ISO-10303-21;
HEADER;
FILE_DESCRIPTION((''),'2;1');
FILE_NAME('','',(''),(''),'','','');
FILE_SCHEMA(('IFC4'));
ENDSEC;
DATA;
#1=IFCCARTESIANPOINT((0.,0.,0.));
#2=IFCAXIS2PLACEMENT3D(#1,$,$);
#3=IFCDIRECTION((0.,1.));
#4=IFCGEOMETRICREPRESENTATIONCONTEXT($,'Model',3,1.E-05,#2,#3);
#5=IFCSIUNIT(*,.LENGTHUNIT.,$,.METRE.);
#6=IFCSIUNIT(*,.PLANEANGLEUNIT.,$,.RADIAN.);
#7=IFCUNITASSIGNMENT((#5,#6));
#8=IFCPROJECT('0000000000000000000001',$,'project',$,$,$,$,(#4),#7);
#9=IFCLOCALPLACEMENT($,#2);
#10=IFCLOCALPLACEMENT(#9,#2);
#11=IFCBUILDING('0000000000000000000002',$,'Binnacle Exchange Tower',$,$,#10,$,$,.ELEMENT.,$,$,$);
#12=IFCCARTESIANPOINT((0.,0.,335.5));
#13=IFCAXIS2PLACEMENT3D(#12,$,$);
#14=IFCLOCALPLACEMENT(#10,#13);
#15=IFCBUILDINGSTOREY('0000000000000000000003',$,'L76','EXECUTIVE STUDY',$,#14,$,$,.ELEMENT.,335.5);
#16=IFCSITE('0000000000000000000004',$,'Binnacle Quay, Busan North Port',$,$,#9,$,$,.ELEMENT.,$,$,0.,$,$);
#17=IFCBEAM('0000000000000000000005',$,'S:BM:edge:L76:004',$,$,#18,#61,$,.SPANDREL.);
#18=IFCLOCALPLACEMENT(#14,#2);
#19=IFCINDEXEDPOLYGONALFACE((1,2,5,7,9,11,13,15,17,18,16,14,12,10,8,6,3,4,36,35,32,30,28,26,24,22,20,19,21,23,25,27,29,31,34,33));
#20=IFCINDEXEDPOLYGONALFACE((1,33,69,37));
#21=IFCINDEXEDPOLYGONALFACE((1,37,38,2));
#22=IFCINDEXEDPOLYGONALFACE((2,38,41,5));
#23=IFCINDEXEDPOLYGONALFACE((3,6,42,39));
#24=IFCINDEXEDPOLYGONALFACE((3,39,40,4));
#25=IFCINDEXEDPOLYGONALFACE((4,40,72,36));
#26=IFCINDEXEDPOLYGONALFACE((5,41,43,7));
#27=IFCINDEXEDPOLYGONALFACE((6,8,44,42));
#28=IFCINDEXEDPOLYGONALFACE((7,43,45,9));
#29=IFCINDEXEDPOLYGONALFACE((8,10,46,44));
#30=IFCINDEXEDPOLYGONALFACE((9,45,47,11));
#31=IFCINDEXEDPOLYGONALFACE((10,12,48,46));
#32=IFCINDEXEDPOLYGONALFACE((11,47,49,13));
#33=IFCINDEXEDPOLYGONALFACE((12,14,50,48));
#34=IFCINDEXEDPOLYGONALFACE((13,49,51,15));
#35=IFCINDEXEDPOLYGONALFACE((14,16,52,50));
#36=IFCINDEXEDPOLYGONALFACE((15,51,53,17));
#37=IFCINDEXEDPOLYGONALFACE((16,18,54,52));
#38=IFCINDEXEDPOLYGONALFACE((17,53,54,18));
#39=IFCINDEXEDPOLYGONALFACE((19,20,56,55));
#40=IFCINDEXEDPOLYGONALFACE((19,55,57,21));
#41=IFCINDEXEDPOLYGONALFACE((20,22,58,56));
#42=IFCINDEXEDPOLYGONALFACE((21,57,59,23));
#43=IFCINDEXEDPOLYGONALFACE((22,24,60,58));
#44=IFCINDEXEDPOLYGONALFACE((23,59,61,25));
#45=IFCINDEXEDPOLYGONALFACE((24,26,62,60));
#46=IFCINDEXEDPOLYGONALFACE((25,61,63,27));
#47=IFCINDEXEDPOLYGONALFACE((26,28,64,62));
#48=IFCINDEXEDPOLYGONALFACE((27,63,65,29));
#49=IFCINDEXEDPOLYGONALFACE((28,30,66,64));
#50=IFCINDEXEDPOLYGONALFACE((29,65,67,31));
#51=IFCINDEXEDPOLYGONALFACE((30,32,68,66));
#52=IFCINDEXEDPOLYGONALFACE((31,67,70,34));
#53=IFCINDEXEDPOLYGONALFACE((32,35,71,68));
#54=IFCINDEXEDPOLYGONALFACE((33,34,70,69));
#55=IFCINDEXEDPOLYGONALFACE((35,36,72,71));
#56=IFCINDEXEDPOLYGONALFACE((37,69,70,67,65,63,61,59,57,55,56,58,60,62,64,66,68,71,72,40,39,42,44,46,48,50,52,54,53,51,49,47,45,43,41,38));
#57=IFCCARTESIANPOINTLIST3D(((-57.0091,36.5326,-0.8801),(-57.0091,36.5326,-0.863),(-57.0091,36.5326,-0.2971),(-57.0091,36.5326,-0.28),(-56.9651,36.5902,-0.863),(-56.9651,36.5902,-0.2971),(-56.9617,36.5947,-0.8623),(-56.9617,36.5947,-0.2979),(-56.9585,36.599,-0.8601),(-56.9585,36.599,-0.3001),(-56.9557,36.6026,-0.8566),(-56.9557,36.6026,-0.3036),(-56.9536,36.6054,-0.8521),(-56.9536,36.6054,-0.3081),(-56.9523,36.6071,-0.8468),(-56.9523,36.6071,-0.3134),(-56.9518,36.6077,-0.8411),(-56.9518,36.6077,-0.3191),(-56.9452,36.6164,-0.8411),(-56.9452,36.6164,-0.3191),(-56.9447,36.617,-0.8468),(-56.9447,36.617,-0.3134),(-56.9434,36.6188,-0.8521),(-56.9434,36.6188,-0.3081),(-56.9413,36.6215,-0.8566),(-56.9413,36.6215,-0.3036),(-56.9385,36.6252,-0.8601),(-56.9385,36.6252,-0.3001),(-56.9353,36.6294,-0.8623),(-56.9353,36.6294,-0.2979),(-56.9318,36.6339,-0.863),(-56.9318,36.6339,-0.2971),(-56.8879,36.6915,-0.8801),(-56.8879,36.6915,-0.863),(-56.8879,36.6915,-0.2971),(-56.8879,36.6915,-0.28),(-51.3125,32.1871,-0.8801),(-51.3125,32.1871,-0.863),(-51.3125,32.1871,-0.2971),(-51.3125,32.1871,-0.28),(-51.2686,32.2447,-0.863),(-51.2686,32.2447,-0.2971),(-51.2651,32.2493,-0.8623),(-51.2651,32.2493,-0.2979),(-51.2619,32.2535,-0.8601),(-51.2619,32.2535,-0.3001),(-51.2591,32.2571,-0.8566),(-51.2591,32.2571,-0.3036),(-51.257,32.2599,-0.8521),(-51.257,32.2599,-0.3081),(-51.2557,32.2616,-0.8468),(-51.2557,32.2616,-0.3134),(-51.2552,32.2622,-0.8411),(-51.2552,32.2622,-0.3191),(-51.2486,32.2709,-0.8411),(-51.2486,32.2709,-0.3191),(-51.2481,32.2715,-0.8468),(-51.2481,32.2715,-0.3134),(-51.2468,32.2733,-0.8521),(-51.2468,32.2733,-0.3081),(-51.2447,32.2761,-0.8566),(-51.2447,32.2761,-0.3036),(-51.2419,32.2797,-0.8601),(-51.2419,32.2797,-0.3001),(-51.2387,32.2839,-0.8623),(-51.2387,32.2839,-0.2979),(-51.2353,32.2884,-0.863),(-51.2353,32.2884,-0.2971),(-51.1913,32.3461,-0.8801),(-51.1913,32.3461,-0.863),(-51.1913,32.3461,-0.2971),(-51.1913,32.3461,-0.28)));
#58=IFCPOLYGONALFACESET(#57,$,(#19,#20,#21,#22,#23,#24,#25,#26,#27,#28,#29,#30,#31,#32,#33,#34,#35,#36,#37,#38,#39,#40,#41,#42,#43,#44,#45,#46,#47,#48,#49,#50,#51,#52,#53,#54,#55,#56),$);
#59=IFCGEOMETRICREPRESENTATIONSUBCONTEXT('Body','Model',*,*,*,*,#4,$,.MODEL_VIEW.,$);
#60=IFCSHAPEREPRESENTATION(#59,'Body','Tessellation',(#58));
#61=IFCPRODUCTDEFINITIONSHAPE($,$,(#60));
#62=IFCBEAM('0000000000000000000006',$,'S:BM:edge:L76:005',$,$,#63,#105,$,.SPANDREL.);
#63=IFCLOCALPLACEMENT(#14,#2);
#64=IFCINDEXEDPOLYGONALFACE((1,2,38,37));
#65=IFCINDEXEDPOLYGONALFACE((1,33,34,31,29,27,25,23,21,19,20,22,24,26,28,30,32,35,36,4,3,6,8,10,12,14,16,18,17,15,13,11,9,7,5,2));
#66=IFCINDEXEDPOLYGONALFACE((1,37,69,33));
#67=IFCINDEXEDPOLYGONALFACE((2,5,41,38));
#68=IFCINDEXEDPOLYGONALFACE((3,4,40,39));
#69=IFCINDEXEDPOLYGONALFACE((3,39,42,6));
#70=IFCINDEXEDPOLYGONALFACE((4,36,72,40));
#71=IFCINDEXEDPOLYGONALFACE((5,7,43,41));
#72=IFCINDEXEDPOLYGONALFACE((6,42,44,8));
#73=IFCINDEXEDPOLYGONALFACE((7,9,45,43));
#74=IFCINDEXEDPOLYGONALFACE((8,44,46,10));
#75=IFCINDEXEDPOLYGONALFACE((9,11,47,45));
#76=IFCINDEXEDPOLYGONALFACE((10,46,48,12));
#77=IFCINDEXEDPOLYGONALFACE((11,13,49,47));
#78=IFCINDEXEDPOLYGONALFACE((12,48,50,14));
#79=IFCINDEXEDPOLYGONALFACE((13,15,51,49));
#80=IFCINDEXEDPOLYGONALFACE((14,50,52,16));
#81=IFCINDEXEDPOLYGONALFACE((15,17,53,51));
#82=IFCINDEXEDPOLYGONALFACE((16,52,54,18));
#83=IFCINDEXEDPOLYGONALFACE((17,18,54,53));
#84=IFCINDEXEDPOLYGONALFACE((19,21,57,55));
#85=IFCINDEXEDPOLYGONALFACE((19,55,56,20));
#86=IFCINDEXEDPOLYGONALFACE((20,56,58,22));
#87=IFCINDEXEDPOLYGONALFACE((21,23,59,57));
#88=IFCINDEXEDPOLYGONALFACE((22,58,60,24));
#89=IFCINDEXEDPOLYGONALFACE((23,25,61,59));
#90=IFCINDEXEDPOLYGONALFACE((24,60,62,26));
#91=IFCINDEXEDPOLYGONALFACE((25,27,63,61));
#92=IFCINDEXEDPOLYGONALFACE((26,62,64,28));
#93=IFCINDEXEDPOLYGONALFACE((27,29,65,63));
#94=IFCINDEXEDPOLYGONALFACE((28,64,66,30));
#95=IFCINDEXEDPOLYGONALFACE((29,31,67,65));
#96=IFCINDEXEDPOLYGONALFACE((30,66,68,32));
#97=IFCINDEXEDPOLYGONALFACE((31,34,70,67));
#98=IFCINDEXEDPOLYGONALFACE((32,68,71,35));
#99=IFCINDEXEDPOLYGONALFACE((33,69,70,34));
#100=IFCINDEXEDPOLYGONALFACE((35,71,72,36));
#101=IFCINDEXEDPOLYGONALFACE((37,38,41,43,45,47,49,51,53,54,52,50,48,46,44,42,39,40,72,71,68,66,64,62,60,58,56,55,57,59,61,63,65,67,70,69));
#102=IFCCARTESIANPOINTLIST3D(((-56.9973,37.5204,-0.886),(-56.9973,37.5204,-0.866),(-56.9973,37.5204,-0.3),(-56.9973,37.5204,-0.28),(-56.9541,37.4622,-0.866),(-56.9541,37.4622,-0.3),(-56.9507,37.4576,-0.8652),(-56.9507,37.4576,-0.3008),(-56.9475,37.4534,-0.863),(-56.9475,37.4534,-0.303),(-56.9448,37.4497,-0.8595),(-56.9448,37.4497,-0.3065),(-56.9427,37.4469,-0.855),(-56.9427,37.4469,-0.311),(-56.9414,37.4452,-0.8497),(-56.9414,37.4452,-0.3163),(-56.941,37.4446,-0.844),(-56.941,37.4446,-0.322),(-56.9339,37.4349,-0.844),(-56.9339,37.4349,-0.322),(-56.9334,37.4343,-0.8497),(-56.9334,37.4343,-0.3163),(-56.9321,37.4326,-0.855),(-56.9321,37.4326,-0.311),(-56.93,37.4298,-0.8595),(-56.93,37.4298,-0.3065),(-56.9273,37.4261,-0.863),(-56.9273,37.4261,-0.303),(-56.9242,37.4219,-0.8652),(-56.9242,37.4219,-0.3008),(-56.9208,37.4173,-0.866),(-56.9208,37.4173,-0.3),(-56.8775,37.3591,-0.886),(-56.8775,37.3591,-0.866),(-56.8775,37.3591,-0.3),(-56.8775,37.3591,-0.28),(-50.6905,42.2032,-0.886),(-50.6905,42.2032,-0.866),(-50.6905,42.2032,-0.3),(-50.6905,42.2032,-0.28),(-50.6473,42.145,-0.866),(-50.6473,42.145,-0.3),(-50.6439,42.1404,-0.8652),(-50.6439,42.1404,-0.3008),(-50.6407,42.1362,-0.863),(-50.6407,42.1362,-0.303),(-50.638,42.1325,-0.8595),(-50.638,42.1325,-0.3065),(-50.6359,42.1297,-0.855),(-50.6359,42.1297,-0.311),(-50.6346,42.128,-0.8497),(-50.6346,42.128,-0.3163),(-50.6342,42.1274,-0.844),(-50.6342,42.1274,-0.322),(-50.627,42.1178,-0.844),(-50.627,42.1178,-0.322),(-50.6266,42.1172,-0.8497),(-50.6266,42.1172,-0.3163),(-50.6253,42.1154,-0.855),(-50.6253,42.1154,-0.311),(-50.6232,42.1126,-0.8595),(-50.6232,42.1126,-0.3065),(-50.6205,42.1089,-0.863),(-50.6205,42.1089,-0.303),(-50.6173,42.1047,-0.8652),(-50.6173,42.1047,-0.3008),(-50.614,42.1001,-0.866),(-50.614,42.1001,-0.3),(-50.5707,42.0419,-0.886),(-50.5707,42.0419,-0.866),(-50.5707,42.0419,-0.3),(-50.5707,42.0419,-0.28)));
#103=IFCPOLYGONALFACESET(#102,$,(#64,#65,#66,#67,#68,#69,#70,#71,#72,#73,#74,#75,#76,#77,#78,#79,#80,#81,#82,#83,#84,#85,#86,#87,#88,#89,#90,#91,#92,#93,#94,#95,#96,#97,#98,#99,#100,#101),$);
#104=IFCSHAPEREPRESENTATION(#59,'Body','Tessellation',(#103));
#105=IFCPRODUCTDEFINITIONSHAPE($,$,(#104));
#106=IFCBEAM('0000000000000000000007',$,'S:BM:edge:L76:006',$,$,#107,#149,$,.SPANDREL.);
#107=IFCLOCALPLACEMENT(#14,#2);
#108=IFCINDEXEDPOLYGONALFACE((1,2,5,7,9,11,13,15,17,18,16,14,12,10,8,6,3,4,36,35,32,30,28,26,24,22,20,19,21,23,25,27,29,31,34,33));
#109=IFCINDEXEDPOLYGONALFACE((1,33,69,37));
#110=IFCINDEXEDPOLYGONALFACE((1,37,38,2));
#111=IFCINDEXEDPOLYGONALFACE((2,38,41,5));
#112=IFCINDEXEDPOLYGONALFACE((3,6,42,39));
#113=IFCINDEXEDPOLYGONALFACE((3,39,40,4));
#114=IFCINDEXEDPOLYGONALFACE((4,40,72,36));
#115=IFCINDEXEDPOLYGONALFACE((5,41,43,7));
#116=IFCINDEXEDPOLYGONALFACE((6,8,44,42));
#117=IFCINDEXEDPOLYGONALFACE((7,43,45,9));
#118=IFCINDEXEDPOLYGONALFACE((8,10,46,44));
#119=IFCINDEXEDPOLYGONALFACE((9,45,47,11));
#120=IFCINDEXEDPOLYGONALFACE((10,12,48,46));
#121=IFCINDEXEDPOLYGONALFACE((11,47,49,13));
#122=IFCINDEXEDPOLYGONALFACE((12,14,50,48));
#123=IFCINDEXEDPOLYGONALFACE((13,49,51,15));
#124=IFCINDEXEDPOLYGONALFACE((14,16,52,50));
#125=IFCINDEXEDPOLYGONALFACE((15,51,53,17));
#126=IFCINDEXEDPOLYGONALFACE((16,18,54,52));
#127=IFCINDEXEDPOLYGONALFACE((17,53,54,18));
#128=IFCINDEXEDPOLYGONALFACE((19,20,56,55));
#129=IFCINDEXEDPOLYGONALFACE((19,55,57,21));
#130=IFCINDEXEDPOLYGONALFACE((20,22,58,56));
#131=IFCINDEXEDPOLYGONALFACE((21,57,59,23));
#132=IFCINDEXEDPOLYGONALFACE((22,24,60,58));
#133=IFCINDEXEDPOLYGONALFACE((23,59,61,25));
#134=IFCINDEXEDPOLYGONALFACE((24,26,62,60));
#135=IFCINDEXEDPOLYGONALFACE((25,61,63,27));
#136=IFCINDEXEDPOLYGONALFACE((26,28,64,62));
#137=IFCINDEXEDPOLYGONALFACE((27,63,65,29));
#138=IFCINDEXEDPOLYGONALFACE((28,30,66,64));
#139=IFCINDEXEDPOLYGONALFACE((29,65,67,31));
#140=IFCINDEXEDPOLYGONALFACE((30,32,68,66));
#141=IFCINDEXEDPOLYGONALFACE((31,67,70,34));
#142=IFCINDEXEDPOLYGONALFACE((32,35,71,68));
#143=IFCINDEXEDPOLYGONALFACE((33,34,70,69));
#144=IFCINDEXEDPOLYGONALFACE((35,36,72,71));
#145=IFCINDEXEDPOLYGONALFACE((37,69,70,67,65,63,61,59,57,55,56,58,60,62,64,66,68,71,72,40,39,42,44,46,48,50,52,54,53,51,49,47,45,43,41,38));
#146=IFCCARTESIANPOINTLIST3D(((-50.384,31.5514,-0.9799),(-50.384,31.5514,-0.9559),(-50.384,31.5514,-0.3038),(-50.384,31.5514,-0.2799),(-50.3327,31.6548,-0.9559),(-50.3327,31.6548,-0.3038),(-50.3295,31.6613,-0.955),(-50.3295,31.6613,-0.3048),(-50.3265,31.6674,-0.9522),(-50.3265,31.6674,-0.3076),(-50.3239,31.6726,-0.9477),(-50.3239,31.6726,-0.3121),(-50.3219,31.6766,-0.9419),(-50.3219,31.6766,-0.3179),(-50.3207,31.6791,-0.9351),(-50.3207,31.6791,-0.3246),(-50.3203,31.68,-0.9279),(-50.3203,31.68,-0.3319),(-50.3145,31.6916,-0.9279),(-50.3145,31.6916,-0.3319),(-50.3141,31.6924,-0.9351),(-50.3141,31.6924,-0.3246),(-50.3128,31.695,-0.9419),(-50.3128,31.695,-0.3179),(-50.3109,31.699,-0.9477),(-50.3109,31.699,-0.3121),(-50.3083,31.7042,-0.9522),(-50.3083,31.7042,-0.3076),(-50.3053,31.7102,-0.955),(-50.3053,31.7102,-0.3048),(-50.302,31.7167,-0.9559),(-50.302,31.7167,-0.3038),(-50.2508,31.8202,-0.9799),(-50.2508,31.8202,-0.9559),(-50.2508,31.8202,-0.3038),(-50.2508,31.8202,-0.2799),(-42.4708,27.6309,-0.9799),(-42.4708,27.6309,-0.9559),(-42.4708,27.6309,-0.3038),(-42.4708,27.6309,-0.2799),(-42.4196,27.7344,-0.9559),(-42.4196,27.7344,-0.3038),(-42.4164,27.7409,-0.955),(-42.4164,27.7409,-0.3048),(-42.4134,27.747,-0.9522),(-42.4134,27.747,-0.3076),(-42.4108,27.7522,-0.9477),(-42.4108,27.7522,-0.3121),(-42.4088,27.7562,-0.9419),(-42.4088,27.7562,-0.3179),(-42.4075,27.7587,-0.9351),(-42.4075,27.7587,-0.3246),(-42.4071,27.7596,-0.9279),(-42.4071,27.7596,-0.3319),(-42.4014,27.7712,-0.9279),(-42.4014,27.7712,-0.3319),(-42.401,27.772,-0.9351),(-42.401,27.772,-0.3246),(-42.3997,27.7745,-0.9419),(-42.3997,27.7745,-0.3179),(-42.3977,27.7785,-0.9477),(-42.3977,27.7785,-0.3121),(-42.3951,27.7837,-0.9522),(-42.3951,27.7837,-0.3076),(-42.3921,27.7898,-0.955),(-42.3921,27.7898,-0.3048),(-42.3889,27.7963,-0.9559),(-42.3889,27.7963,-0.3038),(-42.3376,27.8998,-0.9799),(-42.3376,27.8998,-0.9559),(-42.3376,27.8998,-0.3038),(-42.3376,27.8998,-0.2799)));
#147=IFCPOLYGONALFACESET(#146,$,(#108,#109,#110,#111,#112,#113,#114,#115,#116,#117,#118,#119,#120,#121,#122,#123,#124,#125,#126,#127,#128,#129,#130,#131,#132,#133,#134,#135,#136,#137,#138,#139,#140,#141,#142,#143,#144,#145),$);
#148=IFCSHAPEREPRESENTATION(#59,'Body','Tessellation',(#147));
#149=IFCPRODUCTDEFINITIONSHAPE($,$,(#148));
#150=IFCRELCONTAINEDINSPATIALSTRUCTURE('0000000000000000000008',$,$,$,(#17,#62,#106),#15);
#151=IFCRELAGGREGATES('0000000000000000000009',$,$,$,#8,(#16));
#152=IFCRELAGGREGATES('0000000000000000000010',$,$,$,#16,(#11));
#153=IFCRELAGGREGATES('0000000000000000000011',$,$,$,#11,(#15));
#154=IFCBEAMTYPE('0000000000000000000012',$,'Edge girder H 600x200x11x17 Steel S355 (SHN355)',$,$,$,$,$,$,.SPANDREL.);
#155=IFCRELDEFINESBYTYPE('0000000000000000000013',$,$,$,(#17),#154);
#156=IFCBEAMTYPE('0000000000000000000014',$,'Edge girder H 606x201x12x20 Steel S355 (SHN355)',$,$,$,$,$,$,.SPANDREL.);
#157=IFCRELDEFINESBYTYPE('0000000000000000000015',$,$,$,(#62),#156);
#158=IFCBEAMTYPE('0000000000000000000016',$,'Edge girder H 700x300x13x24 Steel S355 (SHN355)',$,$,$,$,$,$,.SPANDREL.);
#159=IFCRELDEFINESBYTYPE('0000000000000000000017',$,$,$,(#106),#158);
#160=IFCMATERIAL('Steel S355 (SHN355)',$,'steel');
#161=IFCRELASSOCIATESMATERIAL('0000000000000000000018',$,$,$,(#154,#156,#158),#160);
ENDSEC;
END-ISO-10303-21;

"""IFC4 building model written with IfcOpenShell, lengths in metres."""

from ifc_helpers import new_model, si_unit, direction, frame, origin, origin_2d, place, context, subcontext, project, spatial, i_section, extrude, material, material_profile, profile_set, type_object, element, save


model = new_model("IFC4")

# Units and contexts
model_context = context("Model", 3, precision=1e-05, world=origin(), true_north=direction((0.0, 1.0)))
body_context = subcontext(model_context, "Body", "Model", "MODEL_VIEW")
ifc_project = project(units=[si_unit("LENGTHUNIT", "METRE"), si_unit("PLANEANGLEUNIT", "RADIAN")], contexts=[model_context])

# Site, building, storey
site_placement = place(None, origin())
site = spatial("IfcSite", under=ifc_project, at=site_placement, Name="Binnacle Quay, Busan North Port", CompositionType="ELEMENT", RefElevation=0.0)
building_placement = place(site_placement, origin())
building = spatial("IfcBuilding", under=site, at=building_placement, Name="Binnacle Exchange Tower", CompositionType="ELEMENT")
storey_placement = place(building_placement, frame((0.0, 0.0, 335.5)))
storey = spatial("IfcBuildingStorey", under=building, at=storey_placement, Name="L76", Description="EXECUTIVE STUDY", CompositionType="ELEMENT", Elevation=335.5)

# Beams
ifc_material_1 = material(Name="Steel S355 (SHN355)", Category="steel")
ifc_material_profile_1 = material_profile(ifc_material_1, i_section(OverallWidth=0.2, OverallDepth=0.6001, WebThickness=0.011, FlangeThickness=0.0171, FilletRadius=0.022, at=origin_2d()), Name="H 600x200x11x17")
ifc_profile_set_1 = profile_set([ifc_material_profile_1], Name="Steel S355 (SHN355)")
beam_type_1 = type_object("IfcBeamType", Name="Edge girder H 600x200x11x17 Steel S355 (SHN355)", PredefinedType="SPANDREL", material=ifc_profile_set_1)
beam_1_placement = place(storey_placement, frame((-56.9485, 36.6121, -0.5801), z_axis=(0.795079, -0.606506, 0.0), x_axis=(0.606506, 0.795079, 0.0)))
element("IfcBeam", 1, at=beam_1_placement, inside=storey, type_object=beam_type_1, Name="S:BM:edge:L76:004", PredefinedType="SPANDREL", context=body_context, shape_type="SweptSolid", body=[
    extrude(i_section(OverallWidth=0.2, OverallDepth=0.6001, WebThickness=0.011, FlangeThickness=0.0171, FilletRadius=0.022, at=origin_2d()), origin(), (0.0, 0.0, 1.0), 7.1648),
])
ifc_material_profile_2 = material_profile(ifc_material_1, i_section(OverallWidth=0.2009, OverallDepth=0.606, WebThickness=0.012, FlangeThickness=0.02, FilletRadius=0.022, at=origin_2d()), Name="H 606x201x12x20")
ifc_profile_set_2 = profile_set([ifc_material_profile_2], Name="Steel S355 (SHN355)")
beam_type_2 = type_object("IfcBeamType", Name="Edge girder H 606x201x12x20 Steel S355 (SHN355)", PredefinedType="SPANDREL", material=ifc_profile_set_2)
beam_2_placement = place(storey_placement, frame((-50.6306, 42.1226, -0.583), z_axis=(-0.802881, -0.596139, 0.0), x_axis=(0.596139, -0.802881, 0.0)))
element("IfcBeam", 2, at=beam_2_placement, inside=storey, type_object=beam_type_2, Name="S:BM:edge:L76:005", PredefinedType="SPANDREL", context=body_context, shape_type="SweptSolid", body=[
    extrude(i_section(OverallWidth=0.2009, OverallDepth=0.606, WebThickness=0.012, FlangeThickness=0.02, FilletRadius=0.022, at=origin_2d()), origin(), (0.0, 0.0, 1.0), 7.8552),
])
ifc_material_profile_3 = material_profile(ifc_material_1, i_section(OverallWidth=0.3, OverallDepth=0.7, WebThickness=0.0129, FlangeThickness=0.0239, FilletRadius=0.0281, at=origin_2d()), Name="H 700x300x13x24")
ifc_profile_set_3 = profile_set([ifc_material_profile_3], Name="Steel S355 (SHN355)")
beam_type_3 = type_object("IfcBeamType", Name="Edge girder H 700x300x13x24 Steel S355 (SHN355)", PredefinedType="SPANDREL", material=ifc_profile_set_3)
beam_3_placement = place(storey_placement, frame((-50.3174, 31.6858, -0.6299), z_axis=(0.896058, -0.443937, 0.0), x_axis=(0.443937, 0.896058, 0.0)))
element("IfcBeam", 3, at=beam_3_placement, inside=storey, type_object=beam_type_3, Name="S:BM:edge:L76:006", PredefinedType="SPANDREL", context=body_context, shape_type="SweptSolid", body=[
    extrude(i_section(OverallWidth=0.3, OverallDepth=0.7, WebThickness=0.0129, FlangeThickness=0.0239, FilletRadius=0.0281, at=origin_2d()), origin(), (0.0, 0.0, 1.0), 8.8311),
])

save(model, "model.ifc")
